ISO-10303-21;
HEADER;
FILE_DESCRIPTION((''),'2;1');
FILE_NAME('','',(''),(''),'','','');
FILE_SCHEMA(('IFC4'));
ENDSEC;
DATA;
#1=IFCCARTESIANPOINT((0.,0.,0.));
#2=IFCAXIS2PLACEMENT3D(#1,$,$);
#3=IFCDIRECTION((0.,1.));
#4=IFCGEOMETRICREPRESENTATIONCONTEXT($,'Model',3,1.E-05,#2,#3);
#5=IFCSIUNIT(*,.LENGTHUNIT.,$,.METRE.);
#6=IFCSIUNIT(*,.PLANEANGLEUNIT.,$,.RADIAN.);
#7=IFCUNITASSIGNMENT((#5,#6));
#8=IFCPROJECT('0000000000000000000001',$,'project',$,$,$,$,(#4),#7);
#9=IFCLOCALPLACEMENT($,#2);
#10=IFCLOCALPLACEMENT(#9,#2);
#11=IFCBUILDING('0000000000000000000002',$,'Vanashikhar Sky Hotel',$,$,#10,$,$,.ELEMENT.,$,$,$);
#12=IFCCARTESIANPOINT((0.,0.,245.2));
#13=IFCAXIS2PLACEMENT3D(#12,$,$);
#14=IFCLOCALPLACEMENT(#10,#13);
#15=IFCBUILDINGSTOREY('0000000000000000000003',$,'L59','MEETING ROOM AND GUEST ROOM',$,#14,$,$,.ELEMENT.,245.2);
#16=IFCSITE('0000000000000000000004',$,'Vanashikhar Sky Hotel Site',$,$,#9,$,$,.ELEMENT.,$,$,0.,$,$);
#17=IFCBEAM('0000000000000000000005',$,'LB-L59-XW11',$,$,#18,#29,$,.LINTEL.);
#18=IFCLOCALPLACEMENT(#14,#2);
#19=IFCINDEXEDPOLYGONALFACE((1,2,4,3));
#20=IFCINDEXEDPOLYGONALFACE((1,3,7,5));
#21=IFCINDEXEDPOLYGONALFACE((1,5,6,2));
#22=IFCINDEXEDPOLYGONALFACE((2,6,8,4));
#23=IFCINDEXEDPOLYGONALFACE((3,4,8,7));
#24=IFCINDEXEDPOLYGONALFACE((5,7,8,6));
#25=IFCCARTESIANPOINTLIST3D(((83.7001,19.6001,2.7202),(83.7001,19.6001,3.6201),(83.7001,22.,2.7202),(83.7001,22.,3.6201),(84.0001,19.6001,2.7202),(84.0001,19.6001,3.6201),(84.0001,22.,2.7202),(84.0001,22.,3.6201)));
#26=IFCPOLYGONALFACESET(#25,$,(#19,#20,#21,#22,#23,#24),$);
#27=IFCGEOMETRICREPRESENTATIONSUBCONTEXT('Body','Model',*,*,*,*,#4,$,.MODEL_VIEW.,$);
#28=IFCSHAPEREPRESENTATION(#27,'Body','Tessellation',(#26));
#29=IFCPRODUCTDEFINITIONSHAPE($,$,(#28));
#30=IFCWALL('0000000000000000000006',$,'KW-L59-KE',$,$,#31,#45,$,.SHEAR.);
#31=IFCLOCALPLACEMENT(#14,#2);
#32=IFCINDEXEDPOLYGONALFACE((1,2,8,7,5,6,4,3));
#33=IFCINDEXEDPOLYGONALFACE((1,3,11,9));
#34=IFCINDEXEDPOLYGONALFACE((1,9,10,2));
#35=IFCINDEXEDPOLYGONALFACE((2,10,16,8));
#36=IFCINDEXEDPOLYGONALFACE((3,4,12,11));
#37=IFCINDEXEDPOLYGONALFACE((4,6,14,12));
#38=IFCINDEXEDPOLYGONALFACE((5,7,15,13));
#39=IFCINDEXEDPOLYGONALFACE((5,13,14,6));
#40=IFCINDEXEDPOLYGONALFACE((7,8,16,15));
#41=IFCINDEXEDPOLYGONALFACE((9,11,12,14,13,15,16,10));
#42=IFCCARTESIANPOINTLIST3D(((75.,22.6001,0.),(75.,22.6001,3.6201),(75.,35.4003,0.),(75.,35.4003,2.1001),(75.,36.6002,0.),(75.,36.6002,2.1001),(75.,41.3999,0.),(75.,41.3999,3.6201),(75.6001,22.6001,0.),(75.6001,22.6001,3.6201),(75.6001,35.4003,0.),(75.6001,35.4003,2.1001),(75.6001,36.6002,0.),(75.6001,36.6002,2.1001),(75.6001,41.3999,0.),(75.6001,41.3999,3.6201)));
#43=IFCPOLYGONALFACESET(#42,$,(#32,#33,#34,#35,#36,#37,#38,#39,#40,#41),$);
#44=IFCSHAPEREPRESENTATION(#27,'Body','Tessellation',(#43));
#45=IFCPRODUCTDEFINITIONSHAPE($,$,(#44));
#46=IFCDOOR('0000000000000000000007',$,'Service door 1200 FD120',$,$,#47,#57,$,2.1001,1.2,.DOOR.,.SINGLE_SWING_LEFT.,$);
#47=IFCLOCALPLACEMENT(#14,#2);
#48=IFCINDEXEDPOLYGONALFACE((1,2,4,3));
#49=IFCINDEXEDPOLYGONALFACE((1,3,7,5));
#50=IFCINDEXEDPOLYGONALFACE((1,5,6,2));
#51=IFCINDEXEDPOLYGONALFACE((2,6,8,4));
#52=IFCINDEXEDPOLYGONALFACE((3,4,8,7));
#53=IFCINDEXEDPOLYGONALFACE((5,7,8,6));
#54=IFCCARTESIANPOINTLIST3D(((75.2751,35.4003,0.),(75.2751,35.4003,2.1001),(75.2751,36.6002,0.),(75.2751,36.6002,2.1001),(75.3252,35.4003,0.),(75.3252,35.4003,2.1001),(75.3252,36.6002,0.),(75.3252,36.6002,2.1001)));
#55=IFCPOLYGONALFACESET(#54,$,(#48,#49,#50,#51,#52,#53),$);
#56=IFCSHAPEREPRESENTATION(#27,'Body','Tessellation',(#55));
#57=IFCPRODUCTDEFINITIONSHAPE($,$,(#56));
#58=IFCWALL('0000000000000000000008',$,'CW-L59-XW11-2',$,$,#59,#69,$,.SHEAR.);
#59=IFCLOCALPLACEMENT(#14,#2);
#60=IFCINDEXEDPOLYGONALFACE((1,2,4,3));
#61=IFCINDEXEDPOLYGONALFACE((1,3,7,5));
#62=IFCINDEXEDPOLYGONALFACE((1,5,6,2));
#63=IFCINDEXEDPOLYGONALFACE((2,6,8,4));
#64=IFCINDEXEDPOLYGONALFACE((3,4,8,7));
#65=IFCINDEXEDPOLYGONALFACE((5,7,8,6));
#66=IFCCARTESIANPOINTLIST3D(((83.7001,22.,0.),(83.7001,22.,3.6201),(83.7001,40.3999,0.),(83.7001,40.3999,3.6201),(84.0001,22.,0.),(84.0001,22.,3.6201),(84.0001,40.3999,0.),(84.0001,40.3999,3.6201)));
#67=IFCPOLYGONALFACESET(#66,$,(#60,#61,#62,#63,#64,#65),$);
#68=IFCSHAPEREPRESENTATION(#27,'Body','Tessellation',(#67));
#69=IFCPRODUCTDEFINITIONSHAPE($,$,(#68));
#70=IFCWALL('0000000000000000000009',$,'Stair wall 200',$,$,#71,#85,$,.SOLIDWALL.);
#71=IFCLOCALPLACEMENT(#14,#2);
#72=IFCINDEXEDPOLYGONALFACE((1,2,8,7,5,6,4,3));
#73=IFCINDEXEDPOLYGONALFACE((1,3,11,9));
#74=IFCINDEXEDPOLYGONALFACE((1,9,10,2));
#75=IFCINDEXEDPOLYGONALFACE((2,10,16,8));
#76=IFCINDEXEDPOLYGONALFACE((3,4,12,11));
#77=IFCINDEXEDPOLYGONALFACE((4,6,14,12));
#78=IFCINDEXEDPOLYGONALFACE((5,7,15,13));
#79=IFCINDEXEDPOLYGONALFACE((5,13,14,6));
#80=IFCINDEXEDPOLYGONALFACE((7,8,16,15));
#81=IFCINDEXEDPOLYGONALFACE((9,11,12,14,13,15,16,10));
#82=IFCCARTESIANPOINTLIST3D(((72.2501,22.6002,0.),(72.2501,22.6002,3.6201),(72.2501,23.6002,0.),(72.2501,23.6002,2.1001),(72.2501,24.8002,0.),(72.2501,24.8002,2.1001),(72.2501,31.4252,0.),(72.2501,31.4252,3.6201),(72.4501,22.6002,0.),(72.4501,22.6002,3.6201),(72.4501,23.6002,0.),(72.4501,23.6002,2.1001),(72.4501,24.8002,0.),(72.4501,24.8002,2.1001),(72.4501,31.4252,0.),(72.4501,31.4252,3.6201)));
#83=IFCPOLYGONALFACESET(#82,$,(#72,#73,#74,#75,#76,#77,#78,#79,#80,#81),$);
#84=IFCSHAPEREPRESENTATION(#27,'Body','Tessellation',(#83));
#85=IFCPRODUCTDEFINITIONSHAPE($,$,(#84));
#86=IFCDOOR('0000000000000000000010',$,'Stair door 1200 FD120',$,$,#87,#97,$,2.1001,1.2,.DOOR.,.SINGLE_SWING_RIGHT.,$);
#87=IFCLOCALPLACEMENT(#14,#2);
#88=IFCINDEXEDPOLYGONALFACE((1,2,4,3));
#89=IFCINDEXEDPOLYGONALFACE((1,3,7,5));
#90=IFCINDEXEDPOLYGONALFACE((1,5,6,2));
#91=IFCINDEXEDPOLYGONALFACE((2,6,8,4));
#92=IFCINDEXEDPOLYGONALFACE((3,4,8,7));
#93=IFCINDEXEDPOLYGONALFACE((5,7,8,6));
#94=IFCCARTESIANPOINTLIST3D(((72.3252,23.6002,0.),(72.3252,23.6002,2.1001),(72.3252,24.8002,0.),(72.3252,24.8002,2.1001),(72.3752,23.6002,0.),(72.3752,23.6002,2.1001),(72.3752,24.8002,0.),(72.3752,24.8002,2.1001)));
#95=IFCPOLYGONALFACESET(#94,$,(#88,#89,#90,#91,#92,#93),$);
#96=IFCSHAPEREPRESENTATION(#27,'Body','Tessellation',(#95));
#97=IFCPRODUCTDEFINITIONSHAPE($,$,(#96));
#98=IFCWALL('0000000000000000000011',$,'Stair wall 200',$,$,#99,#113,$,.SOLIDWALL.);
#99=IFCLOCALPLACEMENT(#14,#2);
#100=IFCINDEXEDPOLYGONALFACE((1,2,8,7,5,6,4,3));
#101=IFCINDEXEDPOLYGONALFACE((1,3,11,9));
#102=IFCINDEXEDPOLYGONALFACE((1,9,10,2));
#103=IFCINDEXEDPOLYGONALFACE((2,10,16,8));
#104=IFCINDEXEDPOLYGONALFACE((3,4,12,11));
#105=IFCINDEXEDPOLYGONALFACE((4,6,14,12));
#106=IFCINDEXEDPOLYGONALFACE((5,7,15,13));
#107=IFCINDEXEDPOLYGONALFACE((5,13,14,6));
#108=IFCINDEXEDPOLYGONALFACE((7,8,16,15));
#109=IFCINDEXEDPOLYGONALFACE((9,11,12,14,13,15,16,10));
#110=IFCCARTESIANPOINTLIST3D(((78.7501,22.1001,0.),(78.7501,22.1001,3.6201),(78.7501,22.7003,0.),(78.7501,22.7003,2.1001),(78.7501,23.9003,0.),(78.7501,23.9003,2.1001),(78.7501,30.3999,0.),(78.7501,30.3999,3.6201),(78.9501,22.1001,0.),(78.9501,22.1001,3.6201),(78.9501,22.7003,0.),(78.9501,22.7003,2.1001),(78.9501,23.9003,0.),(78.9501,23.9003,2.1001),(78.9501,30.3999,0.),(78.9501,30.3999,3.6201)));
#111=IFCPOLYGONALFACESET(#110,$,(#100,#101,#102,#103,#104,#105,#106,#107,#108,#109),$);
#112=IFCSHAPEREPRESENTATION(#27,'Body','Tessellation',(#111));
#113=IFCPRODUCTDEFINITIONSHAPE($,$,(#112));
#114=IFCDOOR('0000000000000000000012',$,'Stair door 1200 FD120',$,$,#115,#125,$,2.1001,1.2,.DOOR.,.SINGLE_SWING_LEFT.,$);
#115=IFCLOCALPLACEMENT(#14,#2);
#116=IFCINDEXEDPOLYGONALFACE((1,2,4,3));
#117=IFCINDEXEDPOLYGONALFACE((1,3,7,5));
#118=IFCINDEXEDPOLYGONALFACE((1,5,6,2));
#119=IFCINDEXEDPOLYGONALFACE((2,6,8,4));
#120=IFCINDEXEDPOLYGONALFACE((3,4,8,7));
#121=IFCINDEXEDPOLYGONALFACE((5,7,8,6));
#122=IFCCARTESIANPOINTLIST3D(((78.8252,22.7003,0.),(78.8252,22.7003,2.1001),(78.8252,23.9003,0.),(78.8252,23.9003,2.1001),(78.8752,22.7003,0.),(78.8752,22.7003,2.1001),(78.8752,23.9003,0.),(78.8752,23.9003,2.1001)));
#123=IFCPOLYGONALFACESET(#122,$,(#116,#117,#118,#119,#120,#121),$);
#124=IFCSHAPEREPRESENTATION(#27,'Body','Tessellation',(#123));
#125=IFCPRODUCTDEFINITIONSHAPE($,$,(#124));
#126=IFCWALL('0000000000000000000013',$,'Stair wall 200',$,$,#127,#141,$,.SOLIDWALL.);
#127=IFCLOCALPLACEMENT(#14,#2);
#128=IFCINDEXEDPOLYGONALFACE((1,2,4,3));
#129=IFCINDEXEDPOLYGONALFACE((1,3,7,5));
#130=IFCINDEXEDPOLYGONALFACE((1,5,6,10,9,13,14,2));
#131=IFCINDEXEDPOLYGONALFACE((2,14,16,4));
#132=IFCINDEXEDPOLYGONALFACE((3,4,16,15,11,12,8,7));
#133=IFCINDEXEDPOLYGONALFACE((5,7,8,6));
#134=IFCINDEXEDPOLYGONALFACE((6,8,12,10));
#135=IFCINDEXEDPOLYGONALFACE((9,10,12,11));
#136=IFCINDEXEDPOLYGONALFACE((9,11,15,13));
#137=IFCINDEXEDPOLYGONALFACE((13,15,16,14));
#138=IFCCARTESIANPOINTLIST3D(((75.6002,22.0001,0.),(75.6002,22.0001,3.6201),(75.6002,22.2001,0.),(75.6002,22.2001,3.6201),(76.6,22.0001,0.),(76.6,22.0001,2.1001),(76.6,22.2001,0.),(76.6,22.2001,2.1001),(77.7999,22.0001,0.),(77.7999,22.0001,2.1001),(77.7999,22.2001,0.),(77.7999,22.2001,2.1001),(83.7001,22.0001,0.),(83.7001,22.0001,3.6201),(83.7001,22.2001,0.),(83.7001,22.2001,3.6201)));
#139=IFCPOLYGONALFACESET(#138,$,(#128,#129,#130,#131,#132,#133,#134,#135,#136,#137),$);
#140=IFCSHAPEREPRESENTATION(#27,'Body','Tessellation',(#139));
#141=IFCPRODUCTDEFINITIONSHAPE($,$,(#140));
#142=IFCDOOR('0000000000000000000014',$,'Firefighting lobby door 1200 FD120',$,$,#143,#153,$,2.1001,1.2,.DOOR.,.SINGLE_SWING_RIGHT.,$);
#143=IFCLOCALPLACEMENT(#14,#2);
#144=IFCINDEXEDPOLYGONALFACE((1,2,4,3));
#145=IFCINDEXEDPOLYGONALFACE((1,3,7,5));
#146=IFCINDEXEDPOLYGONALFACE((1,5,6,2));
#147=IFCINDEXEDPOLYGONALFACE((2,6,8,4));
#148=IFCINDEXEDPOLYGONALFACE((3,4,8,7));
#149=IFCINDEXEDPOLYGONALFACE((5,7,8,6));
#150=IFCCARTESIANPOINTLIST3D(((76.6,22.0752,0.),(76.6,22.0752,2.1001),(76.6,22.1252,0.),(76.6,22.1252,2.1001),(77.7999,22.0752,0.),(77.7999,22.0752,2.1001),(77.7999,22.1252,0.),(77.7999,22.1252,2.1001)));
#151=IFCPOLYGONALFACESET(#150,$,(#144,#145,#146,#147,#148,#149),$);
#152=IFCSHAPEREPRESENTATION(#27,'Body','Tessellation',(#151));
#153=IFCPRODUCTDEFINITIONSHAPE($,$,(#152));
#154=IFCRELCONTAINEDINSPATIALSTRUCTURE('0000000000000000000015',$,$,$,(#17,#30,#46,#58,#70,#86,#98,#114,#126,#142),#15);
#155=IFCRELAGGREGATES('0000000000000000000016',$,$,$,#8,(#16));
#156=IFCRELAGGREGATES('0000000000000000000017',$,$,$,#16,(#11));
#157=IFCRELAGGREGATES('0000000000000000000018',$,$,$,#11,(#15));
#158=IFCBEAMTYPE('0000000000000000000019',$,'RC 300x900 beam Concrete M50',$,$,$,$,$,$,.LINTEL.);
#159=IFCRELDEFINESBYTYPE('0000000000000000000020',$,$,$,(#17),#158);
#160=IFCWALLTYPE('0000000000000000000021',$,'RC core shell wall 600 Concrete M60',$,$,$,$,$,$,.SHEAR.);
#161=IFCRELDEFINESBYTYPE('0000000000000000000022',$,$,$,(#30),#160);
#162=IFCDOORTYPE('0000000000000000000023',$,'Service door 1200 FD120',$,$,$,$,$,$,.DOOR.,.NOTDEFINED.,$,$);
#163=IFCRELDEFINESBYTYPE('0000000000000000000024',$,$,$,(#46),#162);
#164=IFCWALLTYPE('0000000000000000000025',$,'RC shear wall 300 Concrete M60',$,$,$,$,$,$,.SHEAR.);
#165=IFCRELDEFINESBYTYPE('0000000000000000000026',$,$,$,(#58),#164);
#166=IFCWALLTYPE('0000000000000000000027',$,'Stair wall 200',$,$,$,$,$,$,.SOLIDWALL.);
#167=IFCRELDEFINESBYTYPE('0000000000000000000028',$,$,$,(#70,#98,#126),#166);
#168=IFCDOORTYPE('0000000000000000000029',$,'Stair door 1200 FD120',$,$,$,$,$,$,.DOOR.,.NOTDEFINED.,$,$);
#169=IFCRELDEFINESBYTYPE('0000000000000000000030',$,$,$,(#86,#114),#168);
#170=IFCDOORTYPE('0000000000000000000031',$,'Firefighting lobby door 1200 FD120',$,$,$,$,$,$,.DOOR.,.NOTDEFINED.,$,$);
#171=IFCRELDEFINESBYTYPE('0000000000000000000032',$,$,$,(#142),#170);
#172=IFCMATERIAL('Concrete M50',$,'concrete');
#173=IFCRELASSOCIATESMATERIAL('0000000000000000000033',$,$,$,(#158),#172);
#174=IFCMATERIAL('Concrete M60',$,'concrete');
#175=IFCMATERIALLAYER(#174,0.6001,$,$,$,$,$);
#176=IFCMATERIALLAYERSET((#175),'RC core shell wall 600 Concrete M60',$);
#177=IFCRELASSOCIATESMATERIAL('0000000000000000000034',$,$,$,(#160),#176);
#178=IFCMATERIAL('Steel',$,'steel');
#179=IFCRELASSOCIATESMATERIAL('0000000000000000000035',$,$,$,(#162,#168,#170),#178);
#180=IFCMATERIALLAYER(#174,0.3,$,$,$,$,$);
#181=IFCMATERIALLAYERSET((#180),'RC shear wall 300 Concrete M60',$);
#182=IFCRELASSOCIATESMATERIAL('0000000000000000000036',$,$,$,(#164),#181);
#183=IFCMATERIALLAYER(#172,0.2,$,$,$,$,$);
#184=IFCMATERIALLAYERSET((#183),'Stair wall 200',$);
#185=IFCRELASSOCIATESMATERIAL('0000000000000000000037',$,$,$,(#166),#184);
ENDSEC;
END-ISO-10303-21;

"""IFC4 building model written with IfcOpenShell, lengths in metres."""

from ifc_helpers import new_model, si_unit, direction, frame, frame_2d, origin, origin_2d, place, context, subcontext, project, spatial, rectangle, extrude, source, transform, mapped, material, layer, layer_set, material_profile, profile_set, type_object, element, fill, save


model = new_model("IFC4")

# Units and contexts
model_context = context("Model", 3, precision=1e-05, world=origin(), true_north=direction((0.0, 1.0)))
body_context = subcontext(model_context, "Body", "Model", "MODEL_VIEW")
ifc_project = project(units=[si_unit("LENGTHUNIT", "METRE"), si_unit("PLANEANGLEUNIT", "RADIAN")], contexts=[model_context])

# Site, building, storey
site_placement = place(None, origin())
site = spatial("IfcSite", under=ifc_project, at=site_placement, Name="Vanashikhar Sky Hotel Site", CompositionType="ELEMENT", RefElevation=0.0)
building_placement = place(site_placement, origin())
building = spatial("IfcBuilding", under=site, at=building_placement, Name="Vanashikhar Sky Hotel", CompositionType="ELEMENT")
storey_placement = place(building_placement, frame((0.0, 0.0, 245.2)))
storey = spatial("IfcBuildingStorey", under=building, at=storey_placement, Name="L59", Description="MEETING ROOM AND GUEST ROOM", CompositionType="ELEMENT", Elevation=245.2)

# Beam
ifc_material_1 = material(Name="Concrete M50", Category="concrete")
ifc_material_profile = material_profile(ifc_material_1, rectangle(XDim=0.3, YDim=0.8999, at=origin_2d()))
ifc_profile_set = profile_set([ifc_material_profile], Name="RC 300x900 beam Concrete M50")
beam_type = type_object("IfcBeamType", Name="RC 300x900 beam Concrete M50", PredefinedType="LINTEL", material=ifc_profile_set)
shared_shape_1 = source(origin(), body_context, "Body", "SweptSolid", [
    extrude(rectangle(XDim=0.3, YDim=0.8999, at=origin_2d()), origin(), (0.0, 0.0, 1.0), 2.3999),
])
beam_placement = place(storey_placement, frame((83.8501, 19.6001, 3.1702), z_axis=(0.0, 1.0, 0.0), x_axis=(-1.0, 0.0, 0.0)))
element("IfcBeam", 1, at=beam_placement, inside=storey, type_object=beam_type, Name="LB-L59-XW11", PredefinedType="LINTEL", context=body_context, shape_type="MappedRepresentation", body=[
    mapped(shared_shape_1, transform((0.0, 0.0, 0.0), scale=1.0)),
])

# Wall, opening, door
ifc_material_2 = material(Name="Concrete M60", Category="concrete")
ifc_layer_1 = layer(ifc_material_2, 0.6001)
ifc_layer_set_1 = layer_set([ifc_layer_1], Name="RC core shell wall 600 Concrete M60")
wall_type_1 = type_object("IfcWallType", Name="RC core shell wall 600 Concrete M60", PredefinedType="SHEAR", material=ifc_layer_set_1)
shared_shape_2 = source(origin(), body_context, "Body", "SweptSolid", [
    extrude(rectangle(XDim=18.7998, YDim=0.6001, at=frame_2d((9.3999, 0.0))), origin(), (0.0, 0.0, 1.0), 3.6201),
])
wall_1_placement = place(storey_placement, frame((75.3, 22.6001, 0.0), z_axis=(0.0, 0.0, 1.0), x_axis=(0.0, 1.0, 0.0)))
wall_1 = element("IfcWall", 2, at=wall_1_placement, inside=storey, type_object=wall_type_1, Name="KW-L59-KE", PredefinedType="SHEAR", context=body_context, shape_type="MappedRepresentation", body=[
    mapped(shared_shape_2, transform((0.0, 0.0, 0.0), scale=1.0)),
])
shared_shape_3 = source(origin(), body_context, "Body", "SweptSolid", [
    extrude(rectangle(XDim=1.2, YDim=2.1001, at=frame_2d((0.6001, 1.05))), frame((0.0, 0.3101, 0.0), z_axis=(0.0, -1.0, 0.0), x_axis=(1.0, 0.0, 0.0)), (0.0, 0.0, 1.0), 0.6201),
])
opening_1_placement = place(wall_1_placement, frame((12.8, 0.0, 0.0)))
opening_1 = element("IfcOpeningElement", 3, at=opening_1_placement, cuts=wall_1, PredefinedType="OPENING", context=body_context, shape_type="MappedRepresentation", body=[
    mapped(shared_shape_3, transform((0.0, 0.0, 0.0), scale=1.0)),
])
ifc_material_3 = material(Name="Steel", Category="steel")
door_type_1 = type_object("IfcDoorType", Name="Service door 1200 FD120", OperationType="NOTDEFINED", PredefinedType="DOOR", material=ifc_material_3)
shared_shape_4 = source(origin(), body_context, "Body", "SweptSolid", [
    extrude(rectangle(XDim=1.2, YDim=2.1001, at=frame_2d((0.6001, 1.05))), frame((0.0, 0.0249, 0.0), z_axis=(0.0, -1.0, 0.0), x_axis=(1.0, 0.0, 0.0)), (0.0, 0.0, 1.0), 0.05),
])
door_1_placement = place(opening_1_placement, origin())
door_1 = element("IfcDoor", 4, at=door_1_placement, inside=storey, type_object=door_type_1, Name="Service door 1200 FD120", OperationType="SINGLE_SWING_LEFT", OverallHeight=2.1001, OverallWidth=1.2, PredefinedType="DOOR", context=body_context, shape_type="MappedRepresentation", body=[
    mapped(shared_shape_4, transform((0.0, 0.0, 0.0), scale=1.0)),
])
fill(opening_1, door_1)

# Wall
ifc_layer_2 = layer(ifc_material_2, 0.3)
ifc_layer_set_2 = layer_set([ifc_layer_2], Name="RC shear wall 300 Concrete M60")
wall_type_2 = type_object("IfcWallType", Name="RC shear wall 300 Concrete M60", PredefinedType="SHEAR", material=ifc_layer_set_2)
shared_shape_5 = source(origin(), body_context, "Body", "SweptSolid", [
    extrude(rectangle(XDim=18.3999, YDim=0.3, at=frame_2d((9.2, 0.0))), origin(), (0.0, 0.0, 1.0), 3.6201),
])
wall_2_placement = place(storey_placement, frame((83.8501, 22.0, 0.0), z_axis=(0.0, 0.0, 1.0), x_axis=(0.0, 1.0, 0.0)))
element("IfcWall", 5, at=wall_2_placement, inside=storey, type_object=wall_type_2, Name="CW-L59-XW11-2", PredefinedType="SHEAR", context=body_context, shape_type="MappedRepresentation", body=[
    mapped(shared_shape_5, transform((0.0, 0.0, 0.0), scale=1.0)),
])

# Walls, openings, doors
ifc_layer_3 = layer(ifc_material_1, 0.2)
ifc_layer_set_3 = layer_set([ifc_layer_3], Name="Stair wall 200")
wall_type_3 = type_object("IfcWallType", Name="Stair wall 200", PredefinedType="SOLIDWALL", material=ifc_layer_set_3)
shared_shape_6 = source(origin(), body_context, "Body", "SweptSolid", [
    extrude(rectangle(XDim=8.825, YDim=0.2, at=frame_2d((4.4126, 0.0))), origin(), (0.0, 0.0, 1.0), 3.6201),
])
wall_3_placement = place(storey_placement, frame((72.3501, 22.6001, 0.0), z_axis=(0.0, 0.0, 1.0), x_axis=(0.0, 1.0, 0.0)))
wall_3 = element("IfcWall", 6, at=wall_3_placement, inside=storey, type_object=wall_type_3, Name="Stair wall 200", PredefinedType="SOLIDWALL", context=body_context, shape_type="MappedRepresentation", body=[
    mapped(shared_shape_6, transform((0.0, 0.0, 0.0), scale=1.0)),
])
shared_shape_7 = source(origin(), body_context, "Body", "SweptSolid", [
    extrude(rectangle(XDim=1.2, YDim=2.1001, at=frame_2d((0.6001, 1.05))), frame((0.0, 0.1099, 0.0), z_axis=(0.0, -1.0, 0.0), x_axis=(1.0, 0.0, 0.0)), (0.0, 0.0, 1.0), 0.22),
])
opening_2_placement = place(wall_3_placement, frame((1.0, 0.0, 0.0)))
opening_2 = element("IfcOpeningElement", 7, at=opening_2_placement, cuts=wall_3, PredefinedType="OPENING", context=body_context, shape_type="MappedRepresentation", body=[
    mapped(shared_shape_7, transform((0.0, 0.0, 0.0), scale=1.0)),
])
door_type_2 = type_object("IfcDoorType", Name="Stair door 1200 FD120", OperationType="NOTDEFINED", PredefinedType="DOOR", material=ifc_material_3)
door_2_placement = place(opening_2_placement, origin())
door_2 = element("IfcDoor", 8, at=door_2_placement, inside=storey, type_object=door_type_2, Name="Stair door 1200 FD120", OperationType="SINGLE_SWING_RIGHT", OverallHeight=2.1001, OverallWidth=1.2, PredefinedType="DOOR", context=body_context, shape_type="MappedRepresentation", body=[
    mapped(shared_shape_4, transform((0.0, 0.0, 0.0), scale=1.0)),
])
fill(opening_2, door_2)
shared_shape_8 = source(origin(), body_context, "Body", "SweptSolid", [
    extrude(rectangle(XDim=8.2998, YDim=0.2, at=frame_2d((4.1499, 0.0))), origin(), (0.0, 0.0, 1.0), 3.6201),
])
wall_4_placement = place(storey_placement, frame((78.8501, 22.1001, 0.0), z_axis=(0.0, 0.0, 1.0), x_axis=(0.0, 1.0, 0.0)))
wall_4 = element("IfcWall", 9, at=wall_4_placement, inside=storey, type_object=wall_type_3, Name="Stair wall 200", PredefinedType="SOLIDWALL", context=body_context, shape_type="MappedRepresentation", body=[
    mapped(shared_shape_8, transform((0.0, 0.0, 0.0), scale=1.0)),
])
opening_3_placement = place(wall_4_placement, frame((0.6001, 0.0, 0.0)))
opening_3 = element("IfcOpeningElement", 10, at=opening_3_placement, cuts=wall_4, PredefinedType="OPENING", context=body_context, shape_type="MappedRepresentation", body=[
    mapped(shared_shape_7, transform((0.0, 0.0, 0.0), scale=1.0)),
])
door_3_placement = place(opening_3_placement, origin())
door_3 = element("IfcDoor", 11, at=door_3_placement, inside=storey, type_object=door_type_2, Name="Stair door 1200 FD120", OperationType="SINGLE_SWING_LEFT", OverallHeight=2.1001, OverallWidth=1.2, PredefinedType="DOOR", context=body_context, shape_type="MappedRepresentation", body=[
    mapped(shared_shape_4, transform((0.0, 0.0, 0.0), scale=1.0)),
])
fill(opening_3, door_3)
shared_shape_9 = source(origin(), body_context, "Body", "SweptSolid", [
    extrude(rectangle(XDim=8.0999, YDim=0.2, at=frame_2d((4.0498, 0.0))), origin(), (0.0, 0.0, 1.0), 3.6201),
])
wall_5_placement = place(storey_placement, frame((83.7, 22.1001, 0.0), z_axis=(0.0, 0.0, 1.0), x_axis=(-1.0, 0.0, 0.0)))
wall_5 = element("IfcWall", 12, at=wall_5_placement, inside=storey, type_object=wall_type_3, Name="Stair wall 200", PredefinedType="SOLIDWALL", context=body_context, shape_type="MappedRepresentation", body=[
    mapped(shared_shape_9, transform((0.0, 0.0, 0.0), scale=1.0)),
])
opening_4_placement = place(wall_5_placement, frame((5.8999, 0.0, 0.0)))
opening_4 = element("IfcOpeningElement", 13, at=opening_4_placement, cuts=wall_5, PredefinedType="OPENING", context=body_context, shape_type="MappedRepresentation", body=[
    mapped(shared_shape_7, transform((0.0, 0.0, 0.0), scale=1.0)),
])
door_type_3 = type_object("IfcDoorType", Name="Firefighting lobby door 1200 FD120", OperationType="NOTDEFINED", PredefinedType="DOOR", material=ifc_material_3)
door_4_placement = place(opening_4_placement, origin())
door_4 = element("IfcDoor", 14, at=door_4_placement, inside=storey, type_object=door_type_3, Name="Firefighting lobby door 1200 FD120", OperationType="SINGLE_SWING_RIGHT", OverallHeight=2.1001, OverallWidth=1.2, PredefinedType="DOOR", context=body_context, shape_type="MappedRepresentation", body=[
    mapped(shared_shape_4, transform((0.0, 0.0, 0.0), scale=1.0)),
])
fill(opening_4, door_4)

save(model, "model.ifc")
